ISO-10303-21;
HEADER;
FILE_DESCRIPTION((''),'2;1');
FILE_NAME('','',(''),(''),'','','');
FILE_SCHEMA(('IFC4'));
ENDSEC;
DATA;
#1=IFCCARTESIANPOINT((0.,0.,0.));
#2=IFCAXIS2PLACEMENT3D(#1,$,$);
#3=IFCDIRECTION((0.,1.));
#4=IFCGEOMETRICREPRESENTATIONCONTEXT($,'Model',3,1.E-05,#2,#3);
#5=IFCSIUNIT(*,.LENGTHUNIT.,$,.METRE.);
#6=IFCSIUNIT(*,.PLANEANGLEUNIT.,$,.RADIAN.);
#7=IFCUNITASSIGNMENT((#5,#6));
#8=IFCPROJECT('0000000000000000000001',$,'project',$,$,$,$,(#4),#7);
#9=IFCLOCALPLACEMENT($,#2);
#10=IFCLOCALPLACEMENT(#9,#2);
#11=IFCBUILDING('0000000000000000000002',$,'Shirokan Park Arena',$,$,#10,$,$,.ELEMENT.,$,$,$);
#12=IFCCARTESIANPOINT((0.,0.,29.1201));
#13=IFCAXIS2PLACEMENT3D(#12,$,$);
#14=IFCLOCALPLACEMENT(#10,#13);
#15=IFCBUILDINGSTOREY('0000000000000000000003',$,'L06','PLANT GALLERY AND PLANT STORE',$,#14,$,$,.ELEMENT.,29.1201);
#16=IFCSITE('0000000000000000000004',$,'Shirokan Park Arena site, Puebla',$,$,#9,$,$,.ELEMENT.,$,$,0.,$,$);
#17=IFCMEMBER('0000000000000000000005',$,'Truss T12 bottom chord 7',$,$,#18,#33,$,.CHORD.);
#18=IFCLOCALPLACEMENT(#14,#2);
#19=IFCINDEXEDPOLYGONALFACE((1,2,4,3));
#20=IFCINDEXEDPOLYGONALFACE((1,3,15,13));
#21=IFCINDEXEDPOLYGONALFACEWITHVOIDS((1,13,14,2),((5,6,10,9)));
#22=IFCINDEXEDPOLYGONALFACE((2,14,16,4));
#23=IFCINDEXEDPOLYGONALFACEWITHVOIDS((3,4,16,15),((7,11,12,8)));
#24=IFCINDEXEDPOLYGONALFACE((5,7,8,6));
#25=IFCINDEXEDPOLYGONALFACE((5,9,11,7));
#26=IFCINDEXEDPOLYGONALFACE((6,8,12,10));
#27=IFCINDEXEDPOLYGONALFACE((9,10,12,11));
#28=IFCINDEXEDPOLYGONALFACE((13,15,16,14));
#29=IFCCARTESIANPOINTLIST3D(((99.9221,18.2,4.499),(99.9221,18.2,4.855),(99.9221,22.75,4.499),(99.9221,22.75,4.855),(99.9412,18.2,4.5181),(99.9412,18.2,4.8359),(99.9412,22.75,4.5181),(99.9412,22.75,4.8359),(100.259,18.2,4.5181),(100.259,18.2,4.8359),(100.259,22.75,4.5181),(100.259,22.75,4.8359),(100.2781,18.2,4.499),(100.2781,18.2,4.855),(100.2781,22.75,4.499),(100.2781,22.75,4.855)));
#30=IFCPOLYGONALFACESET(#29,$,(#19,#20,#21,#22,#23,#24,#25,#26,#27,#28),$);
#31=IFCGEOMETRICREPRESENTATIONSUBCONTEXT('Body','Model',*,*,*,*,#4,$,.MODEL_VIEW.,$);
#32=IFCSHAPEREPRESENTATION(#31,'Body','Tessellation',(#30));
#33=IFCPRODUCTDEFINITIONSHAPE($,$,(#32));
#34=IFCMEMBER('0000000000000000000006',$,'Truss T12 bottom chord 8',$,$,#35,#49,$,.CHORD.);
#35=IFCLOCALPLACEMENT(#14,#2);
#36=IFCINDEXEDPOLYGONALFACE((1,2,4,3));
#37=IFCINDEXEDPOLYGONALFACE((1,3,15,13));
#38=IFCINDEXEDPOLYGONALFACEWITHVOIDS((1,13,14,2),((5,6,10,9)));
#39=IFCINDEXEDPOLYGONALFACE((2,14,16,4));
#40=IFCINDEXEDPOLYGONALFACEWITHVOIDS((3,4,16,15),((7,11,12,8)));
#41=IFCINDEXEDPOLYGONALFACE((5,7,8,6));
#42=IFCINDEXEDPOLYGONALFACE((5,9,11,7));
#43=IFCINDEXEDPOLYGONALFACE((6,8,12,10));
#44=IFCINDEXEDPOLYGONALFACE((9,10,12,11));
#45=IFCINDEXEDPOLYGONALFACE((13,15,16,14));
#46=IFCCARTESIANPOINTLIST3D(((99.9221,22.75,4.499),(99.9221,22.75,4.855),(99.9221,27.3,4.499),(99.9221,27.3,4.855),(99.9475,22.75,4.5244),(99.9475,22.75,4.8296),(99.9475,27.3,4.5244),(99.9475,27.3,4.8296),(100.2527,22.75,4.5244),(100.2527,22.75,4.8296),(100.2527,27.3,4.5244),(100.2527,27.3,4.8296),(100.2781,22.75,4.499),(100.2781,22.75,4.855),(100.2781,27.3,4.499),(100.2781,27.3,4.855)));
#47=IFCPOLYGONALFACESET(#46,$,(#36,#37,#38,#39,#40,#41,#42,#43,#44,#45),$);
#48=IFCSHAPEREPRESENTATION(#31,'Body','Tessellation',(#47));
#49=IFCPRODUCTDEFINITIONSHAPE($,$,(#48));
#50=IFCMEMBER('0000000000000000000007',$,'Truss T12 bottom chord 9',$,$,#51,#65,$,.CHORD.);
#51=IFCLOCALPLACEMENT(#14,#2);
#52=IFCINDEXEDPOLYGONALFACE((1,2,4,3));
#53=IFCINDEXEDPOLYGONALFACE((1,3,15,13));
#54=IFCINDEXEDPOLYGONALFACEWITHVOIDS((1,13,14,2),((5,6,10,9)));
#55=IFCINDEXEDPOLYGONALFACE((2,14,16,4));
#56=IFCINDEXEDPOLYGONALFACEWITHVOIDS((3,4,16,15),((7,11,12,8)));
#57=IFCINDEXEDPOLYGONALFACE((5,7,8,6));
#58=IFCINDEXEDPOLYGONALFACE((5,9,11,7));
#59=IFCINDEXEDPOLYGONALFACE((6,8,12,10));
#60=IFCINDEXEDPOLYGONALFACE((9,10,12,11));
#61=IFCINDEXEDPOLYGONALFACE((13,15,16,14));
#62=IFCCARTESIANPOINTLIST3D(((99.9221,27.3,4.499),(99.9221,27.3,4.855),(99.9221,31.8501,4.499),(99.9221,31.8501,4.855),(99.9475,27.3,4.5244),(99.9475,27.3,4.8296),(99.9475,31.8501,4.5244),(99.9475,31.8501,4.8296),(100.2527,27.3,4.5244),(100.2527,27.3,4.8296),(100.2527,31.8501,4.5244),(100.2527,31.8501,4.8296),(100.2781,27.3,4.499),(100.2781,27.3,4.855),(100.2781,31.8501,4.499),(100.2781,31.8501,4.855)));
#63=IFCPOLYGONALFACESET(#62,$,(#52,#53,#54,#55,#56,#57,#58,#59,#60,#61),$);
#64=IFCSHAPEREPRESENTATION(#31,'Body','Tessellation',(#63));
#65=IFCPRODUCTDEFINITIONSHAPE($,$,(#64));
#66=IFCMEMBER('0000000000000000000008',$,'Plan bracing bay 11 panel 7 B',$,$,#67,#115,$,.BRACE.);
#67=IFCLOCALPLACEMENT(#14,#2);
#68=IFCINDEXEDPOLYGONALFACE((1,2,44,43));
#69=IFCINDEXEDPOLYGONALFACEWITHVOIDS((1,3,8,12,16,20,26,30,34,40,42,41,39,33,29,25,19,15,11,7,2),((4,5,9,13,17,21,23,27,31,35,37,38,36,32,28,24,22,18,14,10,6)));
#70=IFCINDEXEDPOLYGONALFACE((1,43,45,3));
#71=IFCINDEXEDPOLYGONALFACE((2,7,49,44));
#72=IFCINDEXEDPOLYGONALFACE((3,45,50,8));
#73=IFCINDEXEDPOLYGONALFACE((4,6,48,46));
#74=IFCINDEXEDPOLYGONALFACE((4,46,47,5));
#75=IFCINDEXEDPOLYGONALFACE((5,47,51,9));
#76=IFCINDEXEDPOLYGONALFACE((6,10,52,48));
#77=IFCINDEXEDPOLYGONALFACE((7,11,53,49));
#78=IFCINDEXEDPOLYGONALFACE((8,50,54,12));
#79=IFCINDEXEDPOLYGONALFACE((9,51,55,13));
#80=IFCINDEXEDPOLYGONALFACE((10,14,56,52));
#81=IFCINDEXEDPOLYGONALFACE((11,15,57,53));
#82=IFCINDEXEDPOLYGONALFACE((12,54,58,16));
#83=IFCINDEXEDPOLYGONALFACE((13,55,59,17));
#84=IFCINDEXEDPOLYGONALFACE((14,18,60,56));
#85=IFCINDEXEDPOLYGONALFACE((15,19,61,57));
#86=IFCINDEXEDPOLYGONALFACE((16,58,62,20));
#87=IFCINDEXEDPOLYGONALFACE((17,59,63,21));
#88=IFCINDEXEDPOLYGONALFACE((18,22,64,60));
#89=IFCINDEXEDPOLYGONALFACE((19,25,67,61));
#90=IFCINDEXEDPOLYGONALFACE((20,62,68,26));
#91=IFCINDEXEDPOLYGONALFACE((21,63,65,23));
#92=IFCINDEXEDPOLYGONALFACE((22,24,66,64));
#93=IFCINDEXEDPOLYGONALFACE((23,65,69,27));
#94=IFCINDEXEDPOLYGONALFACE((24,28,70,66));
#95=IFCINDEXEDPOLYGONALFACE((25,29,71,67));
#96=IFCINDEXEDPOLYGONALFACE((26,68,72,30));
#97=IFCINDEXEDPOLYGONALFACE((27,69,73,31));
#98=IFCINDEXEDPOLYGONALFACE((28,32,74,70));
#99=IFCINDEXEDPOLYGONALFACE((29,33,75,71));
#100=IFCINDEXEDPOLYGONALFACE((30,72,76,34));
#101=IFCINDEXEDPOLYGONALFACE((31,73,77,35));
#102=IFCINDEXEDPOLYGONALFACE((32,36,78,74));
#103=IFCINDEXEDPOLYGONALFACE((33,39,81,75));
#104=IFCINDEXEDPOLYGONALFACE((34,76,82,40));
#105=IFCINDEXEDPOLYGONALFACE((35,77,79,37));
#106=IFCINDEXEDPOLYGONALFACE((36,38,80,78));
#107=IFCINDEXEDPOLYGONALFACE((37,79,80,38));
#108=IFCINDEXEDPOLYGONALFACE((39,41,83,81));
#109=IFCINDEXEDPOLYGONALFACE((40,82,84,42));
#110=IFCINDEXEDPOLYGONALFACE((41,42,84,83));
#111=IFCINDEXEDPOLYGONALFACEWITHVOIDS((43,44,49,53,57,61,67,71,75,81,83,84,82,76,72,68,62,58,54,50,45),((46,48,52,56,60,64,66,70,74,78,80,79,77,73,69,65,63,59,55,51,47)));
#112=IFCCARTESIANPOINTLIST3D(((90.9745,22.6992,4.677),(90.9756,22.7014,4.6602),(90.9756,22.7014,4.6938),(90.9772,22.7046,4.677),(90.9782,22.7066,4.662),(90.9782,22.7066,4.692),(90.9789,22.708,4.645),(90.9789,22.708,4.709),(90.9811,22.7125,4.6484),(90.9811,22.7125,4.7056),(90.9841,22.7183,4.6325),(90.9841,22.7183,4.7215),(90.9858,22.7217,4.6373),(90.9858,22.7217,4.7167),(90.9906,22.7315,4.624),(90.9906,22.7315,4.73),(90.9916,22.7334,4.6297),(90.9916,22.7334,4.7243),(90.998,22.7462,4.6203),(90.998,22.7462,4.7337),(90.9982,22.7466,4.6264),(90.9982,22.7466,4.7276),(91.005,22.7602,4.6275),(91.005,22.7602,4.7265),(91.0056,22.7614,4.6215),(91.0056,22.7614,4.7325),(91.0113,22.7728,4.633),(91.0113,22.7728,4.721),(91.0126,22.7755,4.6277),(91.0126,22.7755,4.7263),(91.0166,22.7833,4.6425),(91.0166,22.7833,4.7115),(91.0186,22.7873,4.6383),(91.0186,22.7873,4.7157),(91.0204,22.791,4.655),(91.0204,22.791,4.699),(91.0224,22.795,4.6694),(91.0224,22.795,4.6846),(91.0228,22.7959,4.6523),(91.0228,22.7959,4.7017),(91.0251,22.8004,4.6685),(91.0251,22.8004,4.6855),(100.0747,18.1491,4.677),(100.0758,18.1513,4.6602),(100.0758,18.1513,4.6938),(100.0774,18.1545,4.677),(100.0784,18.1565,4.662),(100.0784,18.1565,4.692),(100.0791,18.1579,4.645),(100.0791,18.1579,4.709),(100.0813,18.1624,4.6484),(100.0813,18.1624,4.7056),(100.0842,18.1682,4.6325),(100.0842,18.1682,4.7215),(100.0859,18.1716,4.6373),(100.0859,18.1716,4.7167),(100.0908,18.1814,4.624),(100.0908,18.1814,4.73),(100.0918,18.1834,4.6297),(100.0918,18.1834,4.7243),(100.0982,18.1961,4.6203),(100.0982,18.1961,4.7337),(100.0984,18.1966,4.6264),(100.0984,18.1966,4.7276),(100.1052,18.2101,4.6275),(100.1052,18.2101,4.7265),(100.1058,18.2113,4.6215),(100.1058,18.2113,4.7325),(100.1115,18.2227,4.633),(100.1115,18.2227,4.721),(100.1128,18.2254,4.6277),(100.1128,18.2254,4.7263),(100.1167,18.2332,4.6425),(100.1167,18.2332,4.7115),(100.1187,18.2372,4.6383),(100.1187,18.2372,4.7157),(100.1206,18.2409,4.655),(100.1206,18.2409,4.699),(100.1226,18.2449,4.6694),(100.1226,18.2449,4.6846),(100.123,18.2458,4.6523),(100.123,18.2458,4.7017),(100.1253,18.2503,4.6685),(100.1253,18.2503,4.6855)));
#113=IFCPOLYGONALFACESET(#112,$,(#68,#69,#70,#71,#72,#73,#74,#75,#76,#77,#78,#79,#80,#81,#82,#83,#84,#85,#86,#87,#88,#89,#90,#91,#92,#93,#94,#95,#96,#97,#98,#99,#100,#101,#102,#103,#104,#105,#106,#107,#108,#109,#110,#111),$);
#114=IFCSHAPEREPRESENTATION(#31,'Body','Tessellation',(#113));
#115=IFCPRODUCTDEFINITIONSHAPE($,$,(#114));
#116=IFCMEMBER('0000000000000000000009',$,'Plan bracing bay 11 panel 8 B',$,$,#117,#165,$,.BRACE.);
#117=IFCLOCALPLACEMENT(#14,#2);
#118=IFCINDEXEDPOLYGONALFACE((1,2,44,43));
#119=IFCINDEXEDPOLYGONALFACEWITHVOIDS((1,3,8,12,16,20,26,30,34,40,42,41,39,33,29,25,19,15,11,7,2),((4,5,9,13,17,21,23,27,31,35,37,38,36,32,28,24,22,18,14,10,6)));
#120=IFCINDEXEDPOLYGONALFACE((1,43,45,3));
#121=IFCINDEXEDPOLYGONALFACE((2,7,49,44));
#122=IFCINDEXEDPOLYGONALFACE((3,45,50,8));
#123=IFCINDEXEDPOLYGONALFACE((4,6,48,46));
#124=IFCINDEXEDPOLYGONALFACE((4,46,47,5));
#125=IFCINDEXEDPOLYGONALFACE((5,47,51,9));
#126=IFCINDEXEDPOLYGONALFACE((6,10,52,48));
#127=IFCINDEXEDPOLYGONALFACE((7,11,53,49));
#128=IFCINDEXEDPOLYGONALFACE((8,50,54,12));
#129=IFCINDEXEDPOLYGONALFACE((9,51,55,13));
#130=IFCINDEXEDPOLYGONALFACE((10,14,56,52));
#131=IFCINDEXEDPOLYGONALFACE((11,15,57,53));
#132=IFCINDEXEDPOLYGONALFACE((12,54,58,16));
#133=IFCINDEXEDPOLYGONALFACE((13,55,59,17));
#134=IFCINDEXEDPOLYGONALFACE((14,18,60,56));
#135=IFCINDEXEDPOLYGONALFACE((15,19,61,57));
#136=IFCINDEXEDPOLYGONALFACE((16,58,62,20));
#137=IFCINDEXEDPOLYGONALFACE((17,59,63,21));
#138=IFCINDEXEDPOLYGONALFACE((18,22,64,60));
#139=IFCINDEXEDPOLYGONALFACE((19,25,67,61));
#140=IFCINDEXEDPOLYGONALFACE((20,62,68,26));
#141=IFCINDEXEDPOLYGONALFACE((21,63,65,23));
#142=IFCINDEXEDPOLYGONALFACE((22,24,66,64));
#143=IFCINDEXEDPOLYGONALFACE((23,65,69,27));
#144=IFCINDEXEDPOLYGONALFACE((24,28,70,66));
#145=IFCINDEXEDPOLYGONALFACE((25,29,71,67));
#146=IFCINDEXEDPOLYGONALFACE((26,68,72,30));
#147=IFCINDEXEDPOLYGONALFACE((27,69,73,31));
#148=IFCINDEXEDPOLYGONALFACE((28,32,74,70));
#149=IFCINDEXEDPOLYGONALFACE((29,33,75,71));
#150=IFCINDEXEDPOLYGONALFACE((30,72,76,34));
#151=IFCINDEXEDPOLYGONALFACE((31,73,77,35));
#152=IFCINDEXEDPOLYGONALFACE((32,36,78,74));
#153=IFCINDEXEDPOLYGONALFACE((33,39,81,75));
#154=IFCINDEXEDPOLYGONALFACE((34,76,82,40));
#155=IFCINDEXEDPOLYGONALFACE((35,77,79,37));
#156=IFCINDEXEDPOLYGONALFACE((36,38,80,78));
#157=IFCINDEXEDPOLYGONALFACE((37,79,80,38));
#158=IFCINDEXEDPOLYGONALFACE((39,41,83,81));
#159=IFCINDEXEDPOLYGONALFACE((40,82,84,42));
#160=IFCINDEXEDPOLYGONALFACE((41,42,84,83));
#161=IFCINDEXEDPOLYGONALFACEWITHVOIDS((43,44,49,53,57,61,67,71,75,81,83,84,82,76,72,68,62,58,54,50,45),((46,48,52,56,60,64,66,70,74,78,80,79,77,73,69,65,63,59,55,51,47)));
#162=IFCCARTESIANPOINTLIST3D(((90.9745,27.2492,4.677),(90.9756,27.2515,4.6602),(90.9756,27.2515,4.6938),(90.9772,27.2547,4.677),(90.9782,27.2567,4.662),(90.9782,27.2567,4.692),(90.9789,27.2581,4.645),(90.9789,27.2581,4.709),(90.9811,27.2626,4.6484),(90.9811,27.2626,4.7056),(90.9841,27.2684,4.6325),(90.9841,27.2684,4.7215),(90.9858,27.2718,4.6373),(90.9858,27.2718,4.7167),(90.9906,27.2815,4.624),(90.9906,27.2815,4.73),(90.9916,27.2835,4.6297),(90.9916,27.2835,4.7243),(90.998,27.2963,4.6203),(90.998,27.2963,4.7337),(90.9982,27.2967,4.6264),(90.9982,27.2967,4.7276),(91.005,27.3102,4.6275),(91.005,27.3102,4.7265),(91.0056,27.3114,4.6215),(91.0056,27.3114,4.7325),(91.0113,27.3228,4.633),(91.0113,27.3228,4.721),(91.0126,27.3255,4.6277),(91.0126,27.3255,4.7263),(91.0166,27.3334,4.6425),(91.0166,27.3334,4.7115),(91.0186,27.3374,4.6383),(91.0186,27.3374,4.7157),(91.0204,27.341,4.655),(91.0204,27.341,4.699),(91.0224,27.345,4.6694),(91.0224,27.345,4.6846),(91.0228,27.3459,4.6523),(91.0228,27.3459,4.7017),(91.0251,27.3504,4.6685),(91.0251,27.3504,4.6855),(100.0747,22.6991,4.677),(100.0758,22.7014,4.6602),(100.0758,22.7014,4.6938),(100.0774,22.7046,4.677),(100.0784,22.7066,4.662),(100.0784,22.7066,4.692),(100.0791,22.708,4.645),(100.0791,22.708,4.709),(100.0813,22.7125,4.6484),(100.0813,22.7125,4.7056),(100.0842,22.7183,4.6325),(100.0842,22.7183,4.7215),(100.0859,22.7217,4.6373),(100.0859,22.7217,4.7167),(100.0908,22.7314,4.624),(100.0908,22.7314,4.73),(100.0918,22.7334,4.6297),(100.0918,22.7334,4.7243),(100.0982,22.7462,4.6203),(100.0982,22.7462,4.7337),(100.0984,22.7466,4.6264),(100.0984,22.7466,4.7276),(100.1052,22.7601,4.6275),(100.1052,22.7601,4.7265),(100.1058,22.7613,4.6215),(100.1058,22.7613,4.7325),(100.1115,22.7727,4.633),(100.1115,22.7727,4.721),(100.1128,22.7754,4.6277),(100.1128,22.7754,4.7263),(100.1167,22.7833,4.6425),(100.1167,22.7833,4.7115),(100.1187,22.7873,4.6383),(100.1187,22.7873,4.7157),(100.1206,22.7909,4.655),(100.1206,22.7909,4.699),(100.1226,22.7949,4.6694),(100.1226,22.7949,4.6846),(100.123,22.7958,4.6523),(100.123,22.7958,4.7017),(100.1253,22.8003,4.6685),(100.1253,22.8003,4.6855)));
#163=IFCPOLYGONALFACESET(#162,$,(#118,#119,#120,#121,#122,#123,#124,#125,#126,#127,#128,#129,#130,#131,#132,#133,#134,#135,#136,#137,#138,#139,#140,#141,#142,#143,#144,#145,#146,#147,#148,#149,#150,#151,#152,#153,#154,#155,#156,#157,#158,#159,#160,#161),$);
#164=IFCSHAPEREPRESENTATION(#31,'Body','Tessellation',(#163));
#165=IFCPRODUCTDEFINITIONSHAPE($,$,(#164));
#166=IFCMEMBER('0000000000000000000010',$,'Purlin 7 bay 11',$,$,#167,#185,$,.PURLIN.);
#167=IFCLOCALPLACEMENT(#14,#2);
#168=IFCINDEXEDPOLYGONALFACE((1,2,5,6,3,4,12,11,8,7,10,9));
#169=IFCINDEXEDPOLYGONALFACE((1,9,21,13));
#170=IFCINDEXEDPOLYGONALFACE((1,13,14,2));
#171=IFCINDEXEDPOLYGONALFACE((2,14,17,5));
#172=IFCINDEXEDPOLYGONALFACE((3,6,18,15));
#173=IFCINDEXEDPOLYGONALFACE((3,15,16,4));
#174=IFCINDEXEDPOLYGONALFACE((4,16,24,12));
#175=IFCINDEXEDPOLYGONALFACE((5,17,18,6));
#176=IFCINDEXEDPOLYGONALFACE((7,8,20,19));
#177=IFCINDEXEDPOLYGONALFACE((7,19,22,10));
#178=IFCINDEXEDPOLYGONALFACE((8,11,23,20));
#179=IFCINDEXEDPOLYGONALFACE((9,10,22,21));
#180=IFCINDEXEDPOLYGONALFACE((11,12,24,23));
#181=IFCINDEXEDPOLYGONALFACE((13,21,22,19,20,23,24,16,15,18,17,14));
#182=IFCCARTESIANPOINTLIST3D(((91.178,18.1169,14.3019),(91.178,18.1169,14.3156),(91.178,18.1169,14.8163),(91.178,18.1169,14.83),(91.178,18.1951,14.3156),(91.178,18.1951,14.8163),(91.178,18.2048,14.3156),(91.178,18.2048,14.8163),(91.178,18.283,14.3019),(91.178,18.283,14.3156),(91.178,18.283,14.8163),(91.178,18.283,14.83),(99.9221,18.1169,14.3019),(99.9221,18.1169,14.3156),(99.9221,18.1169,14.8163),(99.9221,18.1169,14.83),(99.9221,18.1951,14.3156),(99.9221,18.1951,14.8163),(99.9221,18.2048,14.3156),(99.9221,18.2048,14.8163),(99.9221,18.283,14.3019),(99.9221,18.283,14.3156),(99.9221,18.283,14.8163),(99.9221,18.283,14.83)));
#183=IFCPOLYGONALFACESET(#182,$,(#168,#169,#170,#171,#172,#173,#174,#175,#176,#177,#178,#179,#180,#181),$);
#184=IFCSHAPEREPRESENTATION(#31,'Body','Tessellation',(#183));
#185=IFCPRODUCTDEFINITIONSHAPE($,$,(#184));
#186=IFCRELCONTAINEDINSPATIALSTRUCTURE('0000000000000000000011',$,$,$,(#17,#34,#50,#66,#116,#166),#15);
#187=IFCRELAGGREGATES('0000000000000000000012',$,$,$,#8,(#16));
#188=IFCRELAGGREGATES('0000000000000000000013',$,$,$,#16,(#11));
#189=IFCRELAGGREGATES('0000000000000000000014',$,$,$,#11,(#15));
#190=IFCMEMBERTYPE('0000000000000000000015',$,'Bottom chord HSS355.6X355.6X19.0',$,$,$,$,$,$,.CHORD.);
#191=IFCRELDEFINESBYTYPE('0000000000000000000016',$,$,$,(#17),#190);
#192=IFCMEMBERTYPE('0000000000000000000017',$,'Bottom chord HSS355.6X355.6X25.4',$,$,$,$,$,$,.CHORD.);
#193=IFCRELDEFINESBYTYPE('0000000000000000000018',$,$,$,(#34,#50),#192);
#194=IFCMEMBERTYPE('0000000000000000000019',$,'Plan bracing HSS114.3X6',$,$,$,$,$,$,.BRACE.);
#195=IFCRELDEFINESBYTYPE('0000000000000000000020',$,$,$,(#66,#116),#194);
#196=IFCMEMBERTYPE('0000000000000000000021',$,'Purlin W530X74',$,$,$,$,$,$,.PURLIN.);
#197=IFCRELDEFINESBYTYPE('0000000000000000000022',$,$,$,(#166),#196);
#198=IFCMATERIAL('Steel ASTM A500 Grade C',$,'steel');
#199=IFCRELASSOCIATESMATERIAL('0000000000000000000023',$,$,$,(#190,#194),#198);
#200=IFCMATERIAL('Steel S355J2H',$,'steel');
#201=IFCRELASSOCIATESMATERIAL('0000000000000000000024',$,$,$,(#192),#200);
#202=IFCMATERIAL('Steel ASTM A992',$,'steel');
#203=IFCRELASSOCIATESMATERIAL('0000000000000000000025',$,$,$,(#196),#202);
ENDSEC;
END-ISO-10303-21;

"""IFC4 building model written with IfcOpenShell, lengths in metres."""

from ifc_helpers import new_model, si_unit, direction, frame, origin, origin_2d, place, context, subcontext, project, spatial, hollow_rectangle, hollow_circle, i_section, extrude, material, material_profile, profile_set, type_object, element, save


model = new_model("IFC4")

# Units and contexts
model_context = context("Model", 3, precision=1e-05, world=origin(), true_north=direction((0.0, 1.0)))
body_context = subcontext(model_context, "Body", "Model", "MODEL_VIEW")
ifc_project = project(units=[si_unit("LENGTHUNIT", "METRE"), si_unit("PLANEANGLEUNIT", "RADIAN")], contexts=[model_context])

# Site, building, storey
site_placement = place(None, origin())
site = spatial("IfcSite", under=ifc_project, at=site_placement, Name="Shirokan Park Arena site, Puebla", CompositionType="ELEMENT", RefElevation=0.0)
building_placement = place(site_placement, origin())
building = spatial("IfcBuilding", under=site, at=building_placement, Name="Shirokan Park Arena", CompositionType="ELEMENT")
storey_placement = place(building_placement, frame((0.0, 0.0, 29.1201)))
storey = spatial("IfcBuildingStorey", under=building, at=storey_placement, Name="L06", Description="PLANT GALLERY AND PLANT STORE", CompositionType="ELEMENT", Elevation=29.1201)

# Members
ifc_material_1 = material(Name="Steel ASTM A500 Grade C", Category="steel")
ifc_material_profile_1 = material_profile(ifc_material_1, hollow_rectangle(XDim=0.356, YDim=0.356, WallThickness=0.019, at=origin_2d()), Name="HSS355.6X355.6X19.0")
ifc_profile_set_1 = profile_set([ifc_material_profile_1], Name="Steel ASTM A500 Grade C")
member_type_1 = type_object("IfcMemberType", Name="Bottom chord HSS355.6X355.6X19.0", PredefinedType="CHORD", material=ifc_profile_set_1)
member_1_placement = place(storey_placement, frame((100.1001, 18.2, 4.677), z_axis=(0.0, 1.0, 0.0), x_axis=(-1.0, 0.0, 0.0)))
element("IfcMember", 1, at=member_1_placement, inside=storey, type_object=member_type_1, Name="Truss T12 bottom chord 7", PredefinedType="CHORD", context=body_context, shape_type="SweptSolid", body=[
    extrude(hollow_rectangle(XDim=0.356, YDim=0.356, WallThickness=0.019, at=origin_2d()), origin(), (0.0, 0.0, 1.0), 4.55),
])
ifc_material_2 = material(Name="Steel S355J2H", Category="steel")
ifc_material_profile_2 = material_profile(ifc_material_2, hollow_rectangle(XDim=0.356, YDim=0.356, WallThickness=0.0254, at=origin_2d()), Name="HSS355.6X355.6X25.4")
ifc_profile_set_2 = profile_set([ifc_material_profile_2], Name="Steel S355J2H")
member_type_2 = type_object("IfcMemberType", Name="Bottom chord HSS355.6X355.6X25.4", PredefinedType="CHORD", material=ifc_profile_set_2)
for number, where, z_axis, x_axis, name in (
    (2, (100.1001, 22.75, 4.677), (0.0, 1.0, 0.0), (-1.0, 0.0, 0.0), "Truss T12 bottom chord 8"),
    (3, (100.1001, 27.3, 4.677), (0.0, 1.0, 0.0), (-1.0, 0.0, 0.0), "Truss T12 bottom chord 9"),
):
    element("IfcMember", number, at=place(storey_placement, frame(where, z_axis=z_axis, x_axis=x_axis)), inside=storey, type_object=member_type_2, Name=name, PredefinedType="CHORD", context=body_context, shape_type="SweptSolid", body=[
        extrude(hollow_rectangle(XDim=0.356, YDim=0.356, WallThickness=0.0254, at=origin_2d()), origin(), (0.0, 0.0, 1.0), 4.55),
    ])
ifc_material_profile_3 = material_profile(ifc_material_1, hollow_circle(Radius=0.0569, WallThickness=0.0061, at=origin_2d()), Name="HSS114.3X6")
ifc_profile_set_3 = profile_set([ifc_material_profile_3], Name="Steel ASTM A500 Grade C")
member_type_3 = type_object("IfcMemberType", Name="Plan bracing HSS114.3X6", PredefinedType="BRACE", material=ifc_profile_set_3)
for number, where, z_axis, x_axis, name in (
    (4, (100.1001, 18.2, 4.677), (-0.894427, 0.447214, 0.0), (-0.447214, -0.894427, 0.0), "Plan bracing bay 11 panel 7 B"),
    (5, (100.1001, 22.75, 4.677), (-0.894427, 0.447214, 0.0), (-0.447214, -0.894427, 0.0), "Plan bracing bay 11 panel 8 B"),
):
    element("IfcMember", number, at=place(storey_placement, frame(where, z_axis=z_axis, x_axis=x_axis)), inside=storey, type_object=member_type_3, Name=name, PredefinedType="BRACE", context=body_context, shape_type="SweptSolid", body=[
        extrude(hollow_circle(Radius=0.0569, WallThickness=0.0061, at=origin_2d()), origin(), (0.0, 0.0, 1.0), 10.1743),
    ])
ifc_material_3 = material(Name="Steel ASTM A992", Category="steel")
ifc_material_profile_4 = material_profile(ifc_material_3, i_section(OverallWidth=0.166, OverallDepth=0.5281, WebThickness=0.0098, FlangeThickness=0.0137, at=origin_2d()), Name="W530X74")
ifc_profile_set_4 = profile_set([ifc_material_profile_4], Name="Steel ASTM A992")
member_type_4 = type_object("IfcMemberType", Name="Purlin W530X74", PredefinedType="PURLIN", material=ifc_profile_set_4)
for number, where, z_axis, x_axis, name in (
    (6, (91.178, 18.2, 14.5659), (1.0, 0.0, 0.0), (0.0, 1.0, 0.0), "Purlin 7 bay 11"),
):
    element("IfcMember", number, at=place(storey_placement, frame(where, z_axis=z_axis, x_axis=x_axis)), inside=storey, type_object=member_type_4, Name=name, PredefinedType="PURLIN", context=body_context, shape_type="SweptSolid", body=[
        extrude(i_section(OverallWidth=0.166, OverallDepth=0.5281, WebThickness=0.0098, FlangeThickness=0.0137, at=origin_2d()), origin(), (0.0, 0.0, 1.0), 8.7441),
    ])

save(model, "model.ifc")
